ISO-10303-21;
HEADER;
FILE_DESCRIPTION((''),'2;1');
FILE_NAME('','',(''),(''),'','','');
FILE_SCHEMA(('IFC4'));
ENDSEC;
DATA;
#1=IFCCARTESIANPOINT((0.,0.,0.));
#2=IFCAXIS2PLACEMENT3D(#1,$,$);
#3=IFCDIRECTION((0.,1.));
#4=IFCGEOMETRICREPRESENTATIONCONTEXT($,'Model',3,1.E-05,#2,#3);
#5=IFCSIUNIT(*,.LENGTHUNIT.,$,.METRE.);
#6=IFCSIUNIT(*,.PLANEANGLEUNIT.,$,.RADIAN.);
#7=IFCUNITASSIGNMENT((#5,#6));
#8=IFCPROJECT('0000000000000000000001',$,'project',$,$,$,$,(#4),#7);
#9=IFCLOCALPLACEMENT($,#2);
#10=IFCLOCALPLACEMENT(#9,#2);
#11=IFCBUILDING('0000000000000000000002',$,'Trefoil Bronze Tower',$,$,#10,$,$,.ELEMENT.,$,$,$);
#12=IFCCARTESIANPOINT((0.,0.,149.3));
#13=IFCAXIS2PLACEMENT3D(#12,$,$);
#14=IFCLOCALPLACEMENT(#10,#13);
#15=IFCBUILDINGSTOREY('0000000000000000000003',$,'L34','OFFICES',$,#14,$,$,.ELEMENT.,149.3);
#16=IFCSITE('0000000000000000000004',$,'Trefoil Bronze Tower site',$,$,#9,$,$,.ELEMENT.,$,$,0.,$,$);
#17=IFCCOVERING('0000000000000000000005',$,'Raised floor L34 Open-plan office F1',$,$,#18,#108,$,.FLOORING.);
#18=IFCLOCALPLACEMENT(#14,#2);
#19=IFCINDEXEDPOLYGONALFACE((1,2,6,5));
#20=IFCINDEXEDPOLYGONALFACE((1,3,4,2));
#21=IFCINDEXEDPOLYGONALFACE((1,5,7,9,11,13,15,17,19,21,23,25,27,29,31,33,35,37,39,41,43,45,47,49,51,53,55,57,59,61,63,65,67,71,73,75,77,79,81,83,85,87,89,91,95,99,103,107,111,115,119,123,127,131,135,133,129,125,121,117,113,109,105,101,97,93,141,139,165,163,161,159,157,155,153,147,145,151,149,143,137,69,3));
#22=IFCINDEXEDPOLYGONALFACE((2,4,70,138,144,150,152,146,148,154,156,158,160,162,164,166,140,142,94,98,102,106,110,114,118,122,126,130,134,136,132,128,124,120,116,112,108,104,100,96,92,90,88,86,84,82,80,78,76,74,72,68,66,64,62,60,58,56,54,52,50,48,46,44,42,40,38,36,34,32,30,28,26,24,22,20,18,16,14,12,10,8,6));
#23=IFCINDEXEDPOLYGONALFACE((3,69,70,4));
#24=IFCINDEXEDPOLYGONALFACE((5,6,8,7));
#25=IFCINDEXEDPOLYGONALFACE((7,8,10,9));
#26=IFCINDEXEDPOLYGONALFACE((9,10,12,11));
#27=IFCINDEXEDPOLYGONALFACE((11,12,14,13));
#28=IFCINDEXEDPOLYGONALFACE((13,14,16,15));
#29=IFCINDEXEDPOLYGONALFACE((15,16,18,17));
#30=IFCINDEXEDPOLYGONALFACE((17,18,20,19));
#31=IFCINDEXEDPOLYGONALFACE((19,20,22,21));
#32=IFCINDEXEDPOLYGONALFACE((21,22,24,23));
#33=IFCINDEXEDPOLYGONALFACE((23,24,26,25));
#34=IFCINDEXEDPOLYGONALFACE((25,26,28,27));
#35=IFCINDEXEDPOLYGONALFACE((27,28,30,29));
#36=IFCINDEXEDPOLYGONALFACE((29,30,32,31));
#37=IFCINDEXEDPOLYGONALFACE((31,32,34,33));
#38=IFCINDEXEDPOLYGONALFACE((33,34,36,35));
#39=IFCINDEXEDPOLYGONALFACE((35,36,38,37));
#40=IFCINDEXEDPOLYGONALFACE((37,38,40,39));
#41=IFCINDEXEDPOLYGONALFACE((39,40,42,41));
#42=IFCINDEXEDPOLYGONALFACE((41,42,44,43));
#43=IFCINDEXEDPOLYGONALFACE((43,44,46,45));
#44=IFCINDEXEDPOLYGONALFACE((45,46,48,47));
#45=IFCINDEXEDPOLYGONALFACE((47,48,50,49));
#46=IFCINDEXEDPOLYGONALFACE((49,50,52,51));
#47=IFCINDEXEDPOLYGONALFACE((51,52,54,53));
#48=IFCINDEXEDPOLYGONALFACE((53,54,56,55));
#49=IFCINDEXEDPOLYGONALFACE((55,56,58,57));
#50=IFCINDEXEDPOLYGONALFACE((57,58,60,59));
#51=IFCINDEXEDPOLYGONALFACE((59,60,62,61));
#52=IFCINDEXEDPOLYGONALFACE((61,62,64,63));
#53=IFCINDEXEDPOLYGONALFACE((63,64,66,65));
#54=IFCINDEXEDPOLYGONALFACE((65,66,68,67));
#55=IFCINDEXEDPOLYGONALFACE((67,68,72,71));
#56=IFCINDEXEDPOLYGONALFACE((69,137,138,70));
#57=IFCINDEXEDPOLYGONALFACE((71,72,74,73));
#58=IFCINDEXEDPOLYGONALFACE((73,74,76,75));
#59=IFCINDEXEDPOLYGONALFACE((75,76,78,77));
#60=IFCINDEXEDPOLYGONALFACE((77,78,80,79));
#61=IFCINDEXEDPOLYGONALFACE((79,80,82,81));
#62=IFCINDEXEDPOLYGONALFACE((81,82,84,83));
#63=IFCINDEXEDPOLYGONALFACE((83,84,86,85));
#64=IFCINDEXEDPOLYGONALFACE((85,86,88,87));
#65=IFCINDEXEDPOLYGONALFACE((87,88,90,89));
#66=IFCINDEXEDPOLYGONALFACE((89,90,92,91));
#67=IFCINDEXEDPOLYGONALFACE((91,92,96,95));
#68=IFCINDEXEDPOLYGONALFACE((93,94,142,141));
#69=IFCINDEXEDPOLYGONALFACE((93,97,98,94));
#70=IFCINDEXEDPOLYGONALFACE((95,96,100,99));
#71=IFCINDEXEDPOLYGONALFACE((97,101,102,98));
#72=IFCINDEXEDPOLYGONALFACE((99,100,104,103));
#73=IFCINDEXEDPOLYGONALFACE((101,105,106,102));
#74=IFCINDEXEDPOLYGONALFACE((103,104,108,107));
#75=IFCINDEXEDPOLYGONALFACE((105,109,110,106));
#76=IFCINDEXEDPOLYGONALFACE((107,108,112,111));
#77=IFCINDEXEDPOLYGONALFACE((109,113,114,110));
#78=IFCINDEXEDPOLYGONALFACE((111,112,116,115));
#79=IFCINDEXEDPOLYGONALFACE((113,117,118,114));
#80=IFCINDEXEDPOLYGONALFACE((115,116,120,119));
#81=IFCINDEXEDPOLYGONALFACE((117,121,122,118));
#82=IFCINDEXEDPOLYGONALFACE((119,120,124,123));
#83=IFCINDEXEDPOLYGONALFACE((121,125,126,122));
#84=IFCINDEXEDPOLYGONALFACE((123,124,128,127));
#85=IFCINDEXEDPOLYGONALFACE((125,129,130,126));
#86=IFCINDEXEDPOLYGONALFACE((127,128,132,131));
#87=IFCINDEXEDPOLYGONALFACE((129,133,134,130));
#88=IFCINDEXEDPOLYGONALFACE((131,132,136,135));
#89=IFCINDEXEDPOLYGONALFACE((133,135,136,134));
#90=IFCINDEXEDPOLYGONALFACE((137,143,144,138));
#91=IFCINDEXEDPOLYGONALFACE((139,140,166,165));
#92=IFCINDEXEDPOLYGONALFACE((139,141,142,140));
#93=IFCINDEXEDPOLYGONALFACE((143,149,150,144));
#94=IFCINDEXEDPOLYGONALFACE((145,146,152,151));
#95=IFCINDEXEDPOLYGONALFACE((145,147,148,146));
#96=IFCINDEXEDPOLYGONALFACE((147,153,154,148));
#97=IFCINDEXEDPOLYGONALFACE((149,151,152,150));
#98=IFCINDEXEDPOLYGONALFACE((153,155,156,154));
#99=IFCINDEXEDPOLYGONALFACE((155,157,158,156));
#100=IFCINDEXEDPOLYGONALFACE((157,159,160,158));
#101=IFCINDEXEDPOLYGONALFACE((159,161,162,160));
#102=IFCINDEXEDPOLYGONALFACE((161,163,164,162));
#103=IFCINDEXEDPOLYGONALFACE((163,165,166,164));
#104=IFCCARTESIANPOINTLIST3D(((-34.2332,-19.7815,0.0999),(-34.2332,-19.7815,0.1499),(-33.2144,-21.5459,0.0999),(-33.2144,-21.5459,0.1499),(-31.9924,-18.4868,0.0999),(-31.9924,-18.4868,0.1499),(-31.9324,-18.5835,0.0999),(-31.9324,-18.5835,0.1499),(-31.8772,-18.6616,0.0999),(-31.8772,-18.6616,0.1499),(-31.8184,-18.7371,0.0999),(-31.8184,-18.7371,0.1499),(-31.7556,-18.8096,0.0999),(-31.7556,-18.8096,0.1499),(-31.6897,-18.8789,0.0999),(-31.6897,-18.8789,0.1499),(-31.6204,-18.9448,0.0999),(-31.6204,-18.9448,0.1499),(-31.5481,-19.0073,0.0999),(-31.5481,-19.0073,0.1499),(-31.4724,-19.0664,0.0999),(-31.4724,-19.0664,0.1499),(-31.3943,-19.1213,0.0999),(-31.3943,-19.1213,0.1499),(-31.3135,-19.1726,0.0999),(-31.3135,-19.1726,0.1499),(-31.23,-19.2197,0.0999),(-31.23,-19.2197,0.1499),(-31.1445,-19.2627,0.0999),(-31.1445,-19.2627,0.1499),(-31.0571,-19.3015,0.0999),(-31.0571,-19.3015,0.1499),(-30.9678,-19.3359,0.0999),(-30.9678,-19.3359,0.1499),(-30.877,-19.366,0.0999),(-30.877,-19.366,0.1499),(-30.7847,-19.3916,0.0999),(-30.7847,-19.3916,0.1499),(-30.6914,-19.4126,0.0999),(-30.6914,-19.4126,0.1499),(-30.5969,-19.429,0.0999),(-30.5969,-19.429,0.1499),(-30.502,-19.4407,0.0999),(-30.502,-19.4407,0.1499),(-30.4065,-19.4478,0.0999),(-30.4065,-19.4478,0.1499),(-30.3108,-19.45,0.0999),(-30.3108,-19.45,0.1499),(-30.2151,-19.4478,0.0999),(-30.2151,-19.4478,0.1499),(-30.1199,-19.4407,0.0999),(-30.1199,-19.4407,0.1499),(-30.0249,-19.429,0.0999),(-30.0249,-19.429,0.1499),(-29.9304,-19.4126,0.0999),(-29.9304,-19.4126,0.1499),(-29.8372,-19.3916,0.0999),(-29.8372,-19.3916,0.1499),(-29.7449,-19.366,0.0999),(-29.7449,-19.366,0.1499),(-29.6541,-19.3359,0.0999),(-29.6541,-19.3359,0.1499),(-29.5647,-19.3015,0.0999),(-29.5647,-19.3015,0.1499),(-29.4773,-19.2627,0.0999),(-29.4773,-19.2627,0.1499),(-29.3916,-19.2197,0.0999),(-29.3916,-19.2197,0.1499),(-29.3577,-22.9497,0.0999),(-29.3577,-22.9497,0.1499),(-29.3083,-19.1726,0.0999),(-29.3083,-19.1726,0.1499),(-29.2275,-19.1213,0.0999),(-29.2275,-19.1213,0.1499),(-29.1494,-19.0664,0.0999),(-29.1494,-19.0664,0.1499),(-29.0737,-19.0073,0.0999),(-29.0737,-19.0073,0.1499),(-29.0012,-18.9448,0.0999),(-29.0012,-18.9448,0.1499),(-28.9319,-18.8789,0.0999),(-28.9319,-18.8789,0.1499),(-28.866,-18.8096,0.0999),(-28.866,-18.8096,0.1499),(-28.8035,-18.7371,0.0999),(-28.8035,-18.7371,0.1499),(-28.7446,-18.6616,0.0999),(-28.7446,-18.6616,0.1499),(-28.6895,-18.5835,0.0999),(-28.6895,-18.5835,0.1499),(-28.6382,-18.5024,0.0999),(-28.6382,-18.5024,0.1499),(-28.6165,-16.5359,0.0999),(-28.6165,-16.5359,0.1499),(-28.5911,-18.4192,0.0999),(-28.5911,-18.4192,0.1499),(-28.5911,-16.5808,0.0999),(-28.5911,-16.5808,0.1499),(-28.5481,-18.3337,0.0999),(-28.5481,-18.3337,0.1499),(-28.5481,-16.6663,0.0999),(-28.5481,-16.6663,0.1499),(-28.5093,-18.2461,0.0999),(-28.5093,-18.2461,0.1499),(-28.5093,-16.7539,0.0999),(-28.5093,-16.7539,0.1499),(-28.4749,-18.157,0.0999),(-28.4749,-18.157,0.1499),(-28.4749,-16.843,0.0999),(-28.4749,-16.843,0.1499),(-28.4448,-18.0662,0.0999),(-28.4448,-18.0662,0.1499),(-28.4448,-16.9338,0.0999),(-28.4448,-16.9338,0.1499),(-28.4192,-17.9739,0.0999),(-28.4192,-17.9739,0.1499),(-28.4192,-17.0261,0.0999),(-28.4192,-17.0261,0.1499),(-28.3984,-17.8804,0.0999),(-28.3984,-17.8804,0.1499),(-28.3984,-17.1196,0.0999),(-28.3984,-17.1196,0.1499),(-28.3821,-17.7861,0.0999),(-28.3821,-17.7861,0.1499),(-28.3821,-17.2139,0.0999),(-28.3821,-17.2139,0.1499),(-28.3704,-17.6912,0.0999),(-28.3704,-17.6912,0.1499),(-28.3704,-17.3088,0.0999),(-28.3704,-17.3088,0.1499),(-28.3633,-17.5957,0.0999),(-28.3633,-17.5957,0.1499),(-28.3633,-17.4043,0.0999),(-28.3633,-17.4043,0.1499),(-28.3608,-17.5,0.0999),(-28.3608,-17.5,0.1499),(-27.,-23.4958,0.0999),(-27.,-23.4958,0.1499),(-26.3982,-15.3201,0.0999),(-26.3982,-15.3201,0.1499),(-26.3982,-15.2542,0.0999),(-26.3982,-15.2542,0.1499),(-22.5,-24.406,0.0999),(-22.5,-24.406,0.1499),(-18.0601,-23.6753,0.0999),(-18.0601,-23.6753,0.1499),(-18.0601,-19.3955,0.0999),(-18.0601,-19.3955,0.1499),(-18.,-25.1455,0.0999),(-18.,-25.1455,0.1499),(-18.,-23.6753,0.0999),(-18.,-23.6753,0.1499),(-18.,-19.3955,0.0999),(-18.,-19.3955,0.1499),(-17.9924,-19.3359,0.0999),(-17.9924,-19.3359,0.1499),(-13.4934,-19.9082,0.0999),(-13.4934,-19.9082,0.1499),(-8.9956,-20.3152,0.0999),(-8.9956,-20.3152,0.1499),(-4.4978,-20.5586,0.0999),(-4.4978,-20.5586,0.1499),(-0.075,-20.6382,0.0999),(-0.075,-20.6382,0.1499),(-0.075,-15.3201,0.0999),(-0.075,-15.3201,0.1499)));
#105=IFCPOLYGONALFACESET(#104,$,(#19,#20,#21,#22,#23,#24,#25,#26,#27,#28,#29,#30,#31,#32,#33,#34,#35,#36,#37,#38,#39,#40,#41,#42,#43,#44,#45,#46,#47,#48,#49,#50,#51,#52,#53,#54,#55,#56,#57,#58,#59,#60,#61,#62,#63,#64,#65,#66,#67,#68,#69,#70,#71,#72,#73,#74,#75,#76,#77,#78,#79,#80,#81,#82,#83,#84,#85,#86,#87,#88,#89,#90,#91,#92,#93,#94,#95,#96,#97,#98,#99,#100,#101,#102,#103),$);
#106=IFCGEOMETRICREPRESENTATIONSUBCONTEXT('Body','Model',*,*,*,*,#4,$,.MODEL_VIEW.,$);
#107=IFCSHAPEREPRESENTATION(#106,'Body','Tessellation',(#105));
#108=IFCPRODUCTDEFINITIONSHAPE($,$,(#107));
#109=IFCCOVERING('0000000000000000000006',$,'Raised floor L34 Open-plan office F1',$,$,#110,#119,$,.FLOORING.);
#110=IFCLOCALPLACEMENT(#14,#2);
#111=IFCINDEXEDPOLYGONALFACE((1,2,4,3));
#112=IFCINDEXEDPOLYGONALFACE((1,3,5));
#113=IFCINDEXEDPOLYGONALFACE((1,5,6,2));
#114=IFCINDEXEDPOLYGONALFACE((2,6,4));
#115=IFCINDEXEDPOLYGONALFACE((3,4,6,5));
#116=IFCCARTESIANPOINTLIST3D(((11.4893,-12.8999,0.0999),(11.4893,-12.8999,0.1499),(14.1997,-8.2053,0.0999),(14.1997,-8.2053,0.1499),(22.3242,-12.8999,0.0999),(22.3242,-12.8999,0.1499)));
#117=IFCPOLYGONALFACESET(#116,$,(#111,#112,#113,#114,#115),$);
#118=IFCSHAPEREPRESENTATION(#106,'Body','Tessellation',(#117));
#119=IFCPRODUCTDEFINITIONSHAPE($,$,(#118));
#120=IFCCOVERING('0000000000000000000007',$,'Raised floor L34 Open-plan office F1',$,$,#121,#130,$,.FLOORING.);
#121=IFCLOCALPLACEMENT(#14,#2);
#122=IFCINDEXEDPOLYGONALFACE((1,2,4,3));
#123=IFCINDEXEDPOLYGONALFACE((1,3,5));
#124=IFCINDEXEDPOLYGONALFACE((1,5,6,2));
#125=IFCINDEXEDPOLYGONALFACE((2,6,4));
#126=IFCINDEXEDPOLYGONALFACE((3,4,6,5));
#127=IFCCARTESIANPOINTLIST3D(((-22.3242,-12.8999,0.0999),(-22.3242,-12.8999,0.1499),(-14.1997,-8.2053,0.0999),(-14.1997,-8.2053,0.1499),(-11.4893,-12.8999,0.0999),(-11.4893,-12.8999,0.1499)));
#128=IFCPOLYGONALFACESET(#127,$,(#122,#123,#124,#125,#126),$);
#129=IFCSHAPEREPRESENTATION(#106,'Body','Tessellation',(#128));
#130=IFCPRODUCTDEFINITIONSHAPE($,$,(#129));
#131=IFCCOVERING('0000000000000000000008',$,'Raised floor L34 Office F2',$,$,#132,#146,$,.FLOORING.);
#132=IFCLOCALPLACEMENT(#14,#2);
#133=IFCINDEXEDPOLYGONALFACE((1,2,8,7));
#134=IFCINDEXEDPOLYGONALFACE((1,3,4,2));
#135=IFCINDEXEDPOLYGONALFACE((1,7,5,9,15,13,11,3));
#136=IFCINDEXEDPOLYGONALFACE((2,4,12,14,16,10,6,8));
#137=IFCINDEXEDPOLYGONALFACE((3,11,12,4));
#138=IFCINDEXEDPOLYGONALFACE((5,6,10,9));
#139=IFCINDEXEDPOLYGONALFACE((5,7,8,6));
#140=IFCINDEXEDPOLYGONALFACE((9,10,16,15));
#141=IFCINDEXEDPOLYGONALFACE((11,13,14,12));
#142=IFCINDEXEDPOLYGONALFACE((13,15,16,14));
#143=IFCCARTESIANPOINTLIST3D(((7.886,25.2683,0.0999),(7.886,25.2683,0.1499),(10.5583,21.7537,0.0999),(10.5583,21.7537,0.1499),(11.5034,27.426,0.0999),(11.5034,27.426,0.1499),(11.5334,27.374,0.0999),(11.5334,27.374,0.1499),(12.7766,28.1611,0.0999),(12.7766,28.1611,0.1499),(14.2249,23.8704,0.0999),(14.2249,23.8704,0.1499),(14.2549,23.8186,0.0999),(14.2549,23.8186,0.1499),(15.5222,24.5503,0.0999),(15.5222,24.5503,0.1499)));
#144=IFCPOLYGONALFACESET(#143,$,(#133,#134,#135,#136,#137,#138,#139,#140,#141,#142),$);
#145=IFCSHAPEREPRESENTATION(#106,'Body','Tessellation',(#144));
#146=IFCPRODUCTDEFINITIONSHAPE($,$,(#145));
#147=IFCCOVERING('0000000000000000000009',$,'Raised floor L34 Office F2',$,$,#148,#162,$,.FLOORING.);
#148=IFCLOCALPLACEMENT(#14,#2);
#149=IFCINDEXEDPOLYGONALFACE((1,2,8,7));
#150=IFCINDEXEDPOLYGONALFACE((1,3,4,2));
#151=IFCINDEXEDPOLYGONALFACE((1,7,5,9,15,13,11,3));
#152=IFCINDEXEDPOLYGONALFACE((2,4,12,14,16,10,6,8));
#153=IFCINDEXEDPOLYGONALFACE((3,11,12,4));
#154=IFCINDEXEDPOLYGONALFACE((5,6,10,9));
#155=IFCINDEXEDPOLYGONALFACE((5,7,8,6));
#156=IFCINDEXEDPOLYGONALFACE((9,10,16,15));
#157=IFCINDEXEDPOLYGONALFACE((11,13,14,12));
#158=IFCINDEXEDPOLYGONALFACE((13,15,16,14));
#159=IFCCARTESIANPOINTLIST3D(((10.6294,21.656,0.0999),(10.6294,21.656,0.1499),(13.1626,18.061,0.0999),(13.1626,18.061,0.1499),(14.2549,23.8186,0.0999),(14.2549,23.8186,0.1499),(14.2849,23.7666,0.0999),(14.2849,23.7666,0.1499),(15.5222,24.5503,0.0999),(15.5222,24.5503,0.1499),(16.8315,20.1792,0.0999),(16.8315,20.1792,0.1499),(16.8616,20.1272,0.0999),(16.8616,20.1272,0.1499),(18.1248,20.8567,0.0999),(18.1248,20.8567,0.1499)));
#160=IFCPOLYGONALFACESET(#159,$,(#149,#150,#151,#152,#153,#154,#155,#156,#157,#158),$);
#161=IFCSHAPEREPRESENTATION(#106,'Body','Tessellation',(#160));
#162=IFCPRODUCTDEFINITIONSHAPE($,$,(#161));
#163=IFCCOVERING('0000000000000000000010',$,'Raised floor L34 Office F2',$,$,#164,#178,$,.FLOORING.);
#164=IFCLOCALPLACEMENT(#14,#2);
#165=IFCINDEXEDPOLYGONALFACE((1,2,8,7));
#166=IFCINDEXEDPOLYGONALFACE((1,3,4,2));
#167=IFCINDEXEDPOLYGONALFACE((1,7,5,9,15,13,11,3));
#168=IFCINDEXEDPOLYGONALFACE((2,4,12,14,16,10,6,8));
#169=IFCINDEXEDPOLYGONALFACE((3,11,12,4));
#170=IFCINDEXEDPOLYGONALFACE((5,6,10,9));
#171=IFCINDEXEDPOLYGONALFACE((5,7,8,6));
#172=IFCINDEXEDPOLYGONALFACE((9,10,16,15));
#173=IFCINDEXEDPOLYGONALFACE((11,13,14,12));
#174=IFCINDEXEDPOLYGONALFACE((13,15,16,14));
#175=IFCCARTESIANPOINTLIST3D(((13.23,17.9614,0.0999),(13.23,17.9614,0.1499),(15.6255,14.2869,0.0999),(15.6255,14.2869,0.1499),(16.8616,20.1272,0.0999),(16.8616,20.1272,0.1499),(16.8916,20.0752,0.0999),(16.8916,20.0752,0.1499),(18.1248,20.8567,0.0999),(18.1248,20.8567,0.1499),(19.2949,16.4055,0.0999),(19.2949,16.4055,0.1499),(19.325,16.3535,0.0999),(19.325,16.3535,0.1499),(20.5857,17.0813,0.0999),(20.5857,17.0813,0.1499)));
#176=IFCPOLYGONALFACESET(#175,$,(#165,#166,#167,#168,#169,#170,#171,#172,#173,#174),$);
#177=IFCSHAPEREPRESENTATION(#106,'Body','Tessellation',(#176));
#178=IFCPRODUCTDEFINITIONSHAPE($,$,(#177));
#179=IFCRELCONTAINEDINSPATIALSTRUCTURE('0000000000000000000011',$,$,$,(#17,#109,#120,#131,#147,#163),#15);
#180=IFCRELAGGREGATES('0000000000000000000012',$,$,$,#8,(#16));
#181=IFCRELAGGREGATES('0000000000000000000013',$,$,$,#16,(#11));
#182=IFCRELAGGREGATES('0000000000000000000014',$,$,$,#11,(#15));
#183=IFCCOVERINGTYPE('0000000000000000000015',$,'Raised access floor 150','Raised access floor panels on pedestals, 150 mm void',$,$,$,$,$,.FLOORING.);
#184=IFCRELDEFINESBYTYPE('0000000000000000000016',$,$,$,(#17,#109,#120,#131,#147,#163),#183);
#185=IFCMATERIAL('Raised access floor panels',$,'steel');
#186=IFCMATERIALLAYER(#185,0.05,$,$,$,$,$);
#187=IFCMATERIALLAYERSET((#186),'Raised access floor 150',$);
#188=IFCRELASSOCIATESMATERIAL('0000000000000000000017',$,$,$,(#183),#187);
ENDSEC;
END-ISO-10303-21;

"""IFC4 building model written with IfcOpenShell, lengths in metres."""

from ifc_helpers import new_model, si_unit, direction, frame, origin, place, context, subcontext, project, spatial, polyline, outline, extrude, material, layer, layer_set, type_object, element, save


model = new_model("IFC4")

# Units and contexts
model_context = context("Model", 3, precision=1e-05, world=origin(), true_north=direction((0.0, 1.0)))
body_context = subcontext(model_context, "Body", "Model", "MODEL_VIEW")
ifc_project = project(units=[si_unit("LENGTHUNIT", "METRE"), si_unit("PLANEANGLEUNIT", "RADIAN")], contexts=[model_context])

# Site, building, storey
site_placement = place(None, origin())
site = spatial("IfcSite", under=ifc_project, at=site_placement, Name="Trefoil Bronze Tower site", CompositionType="ELEMENT", RefElevation=0.0)
building_placement = place(site_placement, origin())
building = spatial("IfcBuilding", under=site, at=building_placement, Name="Trefoil Bronze Tower", CompositionType="ELEMENT")
storey_placement = place(building_placement, frame((0.0, 0.0, 149.3)))
storey = spatial("IfcBuildingStorey", under=building, at=storey_placement, Name="L34", Description="OFFICES", CompositionType="ELEMENT", Elevation=149.3)

# Coverings
ifc_material_1 = material(Name="Raised access floor panels", Category="steel")
ifc_layer_1 = layer(ifc_material_1, 0.05)
ifc_layer_set_1 = layer_set([ifc_layer_1], Name="Raised access floor 150")
covering_type_1 = type_object("IfcCoveringType", Name="Raised access floor 150", Description="Raised access floor panels on pedestals, 150 mm void", PredefinedType="FLOORING", material=ifc_layer_set_1)
covering_1_placement = place(storey_placement, frame((0.0, 0.0, 0.0999)))
element("IfcCovering", 1, at=covering_1_placement, inside=storey, type_object=covering_type_1, Name="Raised floor L34 Open-plan office F1", PredefinedType="FLOORING", context=body_context, shape_type="SweptSolid", body=[
    extrude(outline(polyline([(-28.5093, -16.7539), (-28.5481, -16.6663), (-28.5911, -16.5808), (-28.6165, -16.5359), (-26.3982, -15.2542), (-26.3982, -15.3201), (-0.075, -15.3201), (-0.075, -20.6382), (-4.4978, -20.5586), (-8.9956, -20.3152), (-13.4934, -19.9082), (-17.9924, -19.3359), (-18.0, -19.3955), (-18.0601, -19.3955), (-18.0601, -23.6753), (-18.0, -23.6753), (-18.0, -25.1455), (-22.5, -24.406), (-27.0, -23.4958), (-29.3577, -22.9497), (-33.2144, -21.5459), (-34.2332, -19.7815), (-31.9924, -18.4868), (-31.9324, -18.5835), (-31.8772, -18.6616), (-31.8184, -18.7371), (-31.7556, -18.8096), (-31.6897, -18.8789), (-31.6204, -18.9448), (-31.5481, -19.0073), (-31.4724, -19.0664), (-31.3943, -19.1213), (-31.3135, -19.1726), (-31.23, -19.2197), (-31.1445, -19.2627), (-31.0571, -19.3015), (-30.9678, -19.3359), (-30.877, -19.366), (-30.7847, -19.3916), (-30.6914, -19.4126), (-30.5969, -19.429), (-30.502, -19.4407), (-30.4065, -19.4478), (-30.3108, -19.45), (-30.2151, -19.4478), (-30.1199, -19.4407), (-30.0249, -19.429), (-29.9304, -19.4126), (-29.8372, -19.3916), (-29.7449, -19.366), (-29.6541, -19.3359), (-29.5647, -19.3015), (-29.4773, -19.2627), (-29.3916, -19.2197), (-29.3083, -19.1726), (-29.2275, -19.1213), (-29.1494, -19.0664), (-29.0737, -19.0073), (-29.0012, -18.9448), (-28.9319, -18.8789), (-28.866, -18.8096), (-28.8035, -18.7371), (-28.7446, -18.6616), (-28.6895, -18.5835), (-28.6382, -18.5024), (-28.5911, -18.4192), (-28.5481, -18.3337), (-28.5093, -18.2461), (-28.4749, -18.157), (-28.4448, -18.0662), (-28.4192, -17.9739), (-28.3984, -17.8804), (-28.3821, -17.7861), (-28.3704, -17.6912), (-28.3633, -17.5957), (-28.3608, -17.5), (-28.3633, -17.4043), (-28.3704, -17.3088), (-28.3821, -17.2139), (-28.3984, -17.1196), (-28.4192, -17.0261), (-28.4448, -16.9338), (-28.4749, -16.843), (-28.5093, -16.7539)])), origin(), (0.0, 0.0, 1.0), 0.05),
])
covering_2_placement = place(storey_placement, frame((0.0, 0.0, 0.0999)))
element("IfcCovering", 2, at=covering_2_placement, inside=storey, type_object=covering_type_1, Name="Raised floor L34 Open-plan office F1", PredefinedType="FLOORING", context=body_context, shape_type="SweptSolid", body=[
    extrude(outline(polyline([(11.4893, -12.8999), (14.1997, -8.2053), (22.3242, -12.8999), (11.4893, -12.8999)])), origin(), (0.0, 0.0, 1.0), 0.05),
])
covering_3_placement = place(storey_placement, frame((0.0, 0.0, 0.0999)))
element("IfcCovering", 3, at=covering_3_placement, inside=storey, type_object=covering_type_1, Name="Raised floor L34 Open-plan office F1", PredefinedType="FLOORING", context=body_context, shape_type="SweptSolid", body=[
    extrude(outline(polyline([(-22.3242, -12.8999), (-14.1997, -8.2053), (-11.4893, -12.8999), (-22.3242, -12.8999)])), origin(), (0.0, 0.0, 1.0), 0.05),
])
covering_4_placement = place(storey_placement, frame((0.0, 0.0, 0.0999)))
element("IfcCovering", 4, at=covering_4_placement, inside=storey, type_object=covering_type_1, Name="Raised floor L34 Office F2", PredefinedType="FLOORING", context=body_context, shape_type="SweptSolid", body=[
    extrude(outline(polyline([(14.2549, 23.8186), (14.2249, 23.8704), (10.5583, 21.7537), (7.886, 25.2683), (11.5334, 27.374), (11.5034, 27.426), (12.7766, 28.1611), (15.5222, 24.5503), (14.2549, 23.8186)])), origin(), (0.0, 0.0, 1.0), 0.05),
])
covering_5_placement = place(storey_placement, frame((0.0, 0.0, 0.0999)))
element("IfcCovering", 5, at=covering_5_placement, inside=storey, type_object=covering_type_1, Name="Raised floor L34 Office F2", PredefinedType="FLOORING", context=body_context, shape_type="SweptSolid", body=[
    extrude(outline(polyline([(15.5222, 24.5503), (18.1248, 20.8567), (16.8616, 20.1272), (16.8315, 20.1792), (13.1626, 18.061), (10.6294, 21.656), (14.2849, 23.7666), (14.2549, 23.8186), (15.5222, 24.5503)])), origin(), (0.0, 0.0, 1.0), 0.05),
])
covering_6_placement = place(storey_placement, frame((0.0, 0.0, 0.0999)))
element("IfcCovering", 6, at=covering_6_placement, inside=storey, type_object=covering_type_1, Name="Raised floor L34 Office F2", PredefinedType="FLOORING", context=body_context, shape_type="SweptSolid", body=[
    extrude(outline(polyline([(18.1248, 20.8567), (20.5857, 17.0813), (19.325, 16.3535), (19.2949, 16.4055), (15.6255, 14.2869), (13.23, 17.9614), (16.8916, 20.0752), (16.8616, 20.1272), (18.1248, 20.8567)])), origin(), (0.0, 0.0, 1.0), 0.05),
])

save(model, "model.ifc")
